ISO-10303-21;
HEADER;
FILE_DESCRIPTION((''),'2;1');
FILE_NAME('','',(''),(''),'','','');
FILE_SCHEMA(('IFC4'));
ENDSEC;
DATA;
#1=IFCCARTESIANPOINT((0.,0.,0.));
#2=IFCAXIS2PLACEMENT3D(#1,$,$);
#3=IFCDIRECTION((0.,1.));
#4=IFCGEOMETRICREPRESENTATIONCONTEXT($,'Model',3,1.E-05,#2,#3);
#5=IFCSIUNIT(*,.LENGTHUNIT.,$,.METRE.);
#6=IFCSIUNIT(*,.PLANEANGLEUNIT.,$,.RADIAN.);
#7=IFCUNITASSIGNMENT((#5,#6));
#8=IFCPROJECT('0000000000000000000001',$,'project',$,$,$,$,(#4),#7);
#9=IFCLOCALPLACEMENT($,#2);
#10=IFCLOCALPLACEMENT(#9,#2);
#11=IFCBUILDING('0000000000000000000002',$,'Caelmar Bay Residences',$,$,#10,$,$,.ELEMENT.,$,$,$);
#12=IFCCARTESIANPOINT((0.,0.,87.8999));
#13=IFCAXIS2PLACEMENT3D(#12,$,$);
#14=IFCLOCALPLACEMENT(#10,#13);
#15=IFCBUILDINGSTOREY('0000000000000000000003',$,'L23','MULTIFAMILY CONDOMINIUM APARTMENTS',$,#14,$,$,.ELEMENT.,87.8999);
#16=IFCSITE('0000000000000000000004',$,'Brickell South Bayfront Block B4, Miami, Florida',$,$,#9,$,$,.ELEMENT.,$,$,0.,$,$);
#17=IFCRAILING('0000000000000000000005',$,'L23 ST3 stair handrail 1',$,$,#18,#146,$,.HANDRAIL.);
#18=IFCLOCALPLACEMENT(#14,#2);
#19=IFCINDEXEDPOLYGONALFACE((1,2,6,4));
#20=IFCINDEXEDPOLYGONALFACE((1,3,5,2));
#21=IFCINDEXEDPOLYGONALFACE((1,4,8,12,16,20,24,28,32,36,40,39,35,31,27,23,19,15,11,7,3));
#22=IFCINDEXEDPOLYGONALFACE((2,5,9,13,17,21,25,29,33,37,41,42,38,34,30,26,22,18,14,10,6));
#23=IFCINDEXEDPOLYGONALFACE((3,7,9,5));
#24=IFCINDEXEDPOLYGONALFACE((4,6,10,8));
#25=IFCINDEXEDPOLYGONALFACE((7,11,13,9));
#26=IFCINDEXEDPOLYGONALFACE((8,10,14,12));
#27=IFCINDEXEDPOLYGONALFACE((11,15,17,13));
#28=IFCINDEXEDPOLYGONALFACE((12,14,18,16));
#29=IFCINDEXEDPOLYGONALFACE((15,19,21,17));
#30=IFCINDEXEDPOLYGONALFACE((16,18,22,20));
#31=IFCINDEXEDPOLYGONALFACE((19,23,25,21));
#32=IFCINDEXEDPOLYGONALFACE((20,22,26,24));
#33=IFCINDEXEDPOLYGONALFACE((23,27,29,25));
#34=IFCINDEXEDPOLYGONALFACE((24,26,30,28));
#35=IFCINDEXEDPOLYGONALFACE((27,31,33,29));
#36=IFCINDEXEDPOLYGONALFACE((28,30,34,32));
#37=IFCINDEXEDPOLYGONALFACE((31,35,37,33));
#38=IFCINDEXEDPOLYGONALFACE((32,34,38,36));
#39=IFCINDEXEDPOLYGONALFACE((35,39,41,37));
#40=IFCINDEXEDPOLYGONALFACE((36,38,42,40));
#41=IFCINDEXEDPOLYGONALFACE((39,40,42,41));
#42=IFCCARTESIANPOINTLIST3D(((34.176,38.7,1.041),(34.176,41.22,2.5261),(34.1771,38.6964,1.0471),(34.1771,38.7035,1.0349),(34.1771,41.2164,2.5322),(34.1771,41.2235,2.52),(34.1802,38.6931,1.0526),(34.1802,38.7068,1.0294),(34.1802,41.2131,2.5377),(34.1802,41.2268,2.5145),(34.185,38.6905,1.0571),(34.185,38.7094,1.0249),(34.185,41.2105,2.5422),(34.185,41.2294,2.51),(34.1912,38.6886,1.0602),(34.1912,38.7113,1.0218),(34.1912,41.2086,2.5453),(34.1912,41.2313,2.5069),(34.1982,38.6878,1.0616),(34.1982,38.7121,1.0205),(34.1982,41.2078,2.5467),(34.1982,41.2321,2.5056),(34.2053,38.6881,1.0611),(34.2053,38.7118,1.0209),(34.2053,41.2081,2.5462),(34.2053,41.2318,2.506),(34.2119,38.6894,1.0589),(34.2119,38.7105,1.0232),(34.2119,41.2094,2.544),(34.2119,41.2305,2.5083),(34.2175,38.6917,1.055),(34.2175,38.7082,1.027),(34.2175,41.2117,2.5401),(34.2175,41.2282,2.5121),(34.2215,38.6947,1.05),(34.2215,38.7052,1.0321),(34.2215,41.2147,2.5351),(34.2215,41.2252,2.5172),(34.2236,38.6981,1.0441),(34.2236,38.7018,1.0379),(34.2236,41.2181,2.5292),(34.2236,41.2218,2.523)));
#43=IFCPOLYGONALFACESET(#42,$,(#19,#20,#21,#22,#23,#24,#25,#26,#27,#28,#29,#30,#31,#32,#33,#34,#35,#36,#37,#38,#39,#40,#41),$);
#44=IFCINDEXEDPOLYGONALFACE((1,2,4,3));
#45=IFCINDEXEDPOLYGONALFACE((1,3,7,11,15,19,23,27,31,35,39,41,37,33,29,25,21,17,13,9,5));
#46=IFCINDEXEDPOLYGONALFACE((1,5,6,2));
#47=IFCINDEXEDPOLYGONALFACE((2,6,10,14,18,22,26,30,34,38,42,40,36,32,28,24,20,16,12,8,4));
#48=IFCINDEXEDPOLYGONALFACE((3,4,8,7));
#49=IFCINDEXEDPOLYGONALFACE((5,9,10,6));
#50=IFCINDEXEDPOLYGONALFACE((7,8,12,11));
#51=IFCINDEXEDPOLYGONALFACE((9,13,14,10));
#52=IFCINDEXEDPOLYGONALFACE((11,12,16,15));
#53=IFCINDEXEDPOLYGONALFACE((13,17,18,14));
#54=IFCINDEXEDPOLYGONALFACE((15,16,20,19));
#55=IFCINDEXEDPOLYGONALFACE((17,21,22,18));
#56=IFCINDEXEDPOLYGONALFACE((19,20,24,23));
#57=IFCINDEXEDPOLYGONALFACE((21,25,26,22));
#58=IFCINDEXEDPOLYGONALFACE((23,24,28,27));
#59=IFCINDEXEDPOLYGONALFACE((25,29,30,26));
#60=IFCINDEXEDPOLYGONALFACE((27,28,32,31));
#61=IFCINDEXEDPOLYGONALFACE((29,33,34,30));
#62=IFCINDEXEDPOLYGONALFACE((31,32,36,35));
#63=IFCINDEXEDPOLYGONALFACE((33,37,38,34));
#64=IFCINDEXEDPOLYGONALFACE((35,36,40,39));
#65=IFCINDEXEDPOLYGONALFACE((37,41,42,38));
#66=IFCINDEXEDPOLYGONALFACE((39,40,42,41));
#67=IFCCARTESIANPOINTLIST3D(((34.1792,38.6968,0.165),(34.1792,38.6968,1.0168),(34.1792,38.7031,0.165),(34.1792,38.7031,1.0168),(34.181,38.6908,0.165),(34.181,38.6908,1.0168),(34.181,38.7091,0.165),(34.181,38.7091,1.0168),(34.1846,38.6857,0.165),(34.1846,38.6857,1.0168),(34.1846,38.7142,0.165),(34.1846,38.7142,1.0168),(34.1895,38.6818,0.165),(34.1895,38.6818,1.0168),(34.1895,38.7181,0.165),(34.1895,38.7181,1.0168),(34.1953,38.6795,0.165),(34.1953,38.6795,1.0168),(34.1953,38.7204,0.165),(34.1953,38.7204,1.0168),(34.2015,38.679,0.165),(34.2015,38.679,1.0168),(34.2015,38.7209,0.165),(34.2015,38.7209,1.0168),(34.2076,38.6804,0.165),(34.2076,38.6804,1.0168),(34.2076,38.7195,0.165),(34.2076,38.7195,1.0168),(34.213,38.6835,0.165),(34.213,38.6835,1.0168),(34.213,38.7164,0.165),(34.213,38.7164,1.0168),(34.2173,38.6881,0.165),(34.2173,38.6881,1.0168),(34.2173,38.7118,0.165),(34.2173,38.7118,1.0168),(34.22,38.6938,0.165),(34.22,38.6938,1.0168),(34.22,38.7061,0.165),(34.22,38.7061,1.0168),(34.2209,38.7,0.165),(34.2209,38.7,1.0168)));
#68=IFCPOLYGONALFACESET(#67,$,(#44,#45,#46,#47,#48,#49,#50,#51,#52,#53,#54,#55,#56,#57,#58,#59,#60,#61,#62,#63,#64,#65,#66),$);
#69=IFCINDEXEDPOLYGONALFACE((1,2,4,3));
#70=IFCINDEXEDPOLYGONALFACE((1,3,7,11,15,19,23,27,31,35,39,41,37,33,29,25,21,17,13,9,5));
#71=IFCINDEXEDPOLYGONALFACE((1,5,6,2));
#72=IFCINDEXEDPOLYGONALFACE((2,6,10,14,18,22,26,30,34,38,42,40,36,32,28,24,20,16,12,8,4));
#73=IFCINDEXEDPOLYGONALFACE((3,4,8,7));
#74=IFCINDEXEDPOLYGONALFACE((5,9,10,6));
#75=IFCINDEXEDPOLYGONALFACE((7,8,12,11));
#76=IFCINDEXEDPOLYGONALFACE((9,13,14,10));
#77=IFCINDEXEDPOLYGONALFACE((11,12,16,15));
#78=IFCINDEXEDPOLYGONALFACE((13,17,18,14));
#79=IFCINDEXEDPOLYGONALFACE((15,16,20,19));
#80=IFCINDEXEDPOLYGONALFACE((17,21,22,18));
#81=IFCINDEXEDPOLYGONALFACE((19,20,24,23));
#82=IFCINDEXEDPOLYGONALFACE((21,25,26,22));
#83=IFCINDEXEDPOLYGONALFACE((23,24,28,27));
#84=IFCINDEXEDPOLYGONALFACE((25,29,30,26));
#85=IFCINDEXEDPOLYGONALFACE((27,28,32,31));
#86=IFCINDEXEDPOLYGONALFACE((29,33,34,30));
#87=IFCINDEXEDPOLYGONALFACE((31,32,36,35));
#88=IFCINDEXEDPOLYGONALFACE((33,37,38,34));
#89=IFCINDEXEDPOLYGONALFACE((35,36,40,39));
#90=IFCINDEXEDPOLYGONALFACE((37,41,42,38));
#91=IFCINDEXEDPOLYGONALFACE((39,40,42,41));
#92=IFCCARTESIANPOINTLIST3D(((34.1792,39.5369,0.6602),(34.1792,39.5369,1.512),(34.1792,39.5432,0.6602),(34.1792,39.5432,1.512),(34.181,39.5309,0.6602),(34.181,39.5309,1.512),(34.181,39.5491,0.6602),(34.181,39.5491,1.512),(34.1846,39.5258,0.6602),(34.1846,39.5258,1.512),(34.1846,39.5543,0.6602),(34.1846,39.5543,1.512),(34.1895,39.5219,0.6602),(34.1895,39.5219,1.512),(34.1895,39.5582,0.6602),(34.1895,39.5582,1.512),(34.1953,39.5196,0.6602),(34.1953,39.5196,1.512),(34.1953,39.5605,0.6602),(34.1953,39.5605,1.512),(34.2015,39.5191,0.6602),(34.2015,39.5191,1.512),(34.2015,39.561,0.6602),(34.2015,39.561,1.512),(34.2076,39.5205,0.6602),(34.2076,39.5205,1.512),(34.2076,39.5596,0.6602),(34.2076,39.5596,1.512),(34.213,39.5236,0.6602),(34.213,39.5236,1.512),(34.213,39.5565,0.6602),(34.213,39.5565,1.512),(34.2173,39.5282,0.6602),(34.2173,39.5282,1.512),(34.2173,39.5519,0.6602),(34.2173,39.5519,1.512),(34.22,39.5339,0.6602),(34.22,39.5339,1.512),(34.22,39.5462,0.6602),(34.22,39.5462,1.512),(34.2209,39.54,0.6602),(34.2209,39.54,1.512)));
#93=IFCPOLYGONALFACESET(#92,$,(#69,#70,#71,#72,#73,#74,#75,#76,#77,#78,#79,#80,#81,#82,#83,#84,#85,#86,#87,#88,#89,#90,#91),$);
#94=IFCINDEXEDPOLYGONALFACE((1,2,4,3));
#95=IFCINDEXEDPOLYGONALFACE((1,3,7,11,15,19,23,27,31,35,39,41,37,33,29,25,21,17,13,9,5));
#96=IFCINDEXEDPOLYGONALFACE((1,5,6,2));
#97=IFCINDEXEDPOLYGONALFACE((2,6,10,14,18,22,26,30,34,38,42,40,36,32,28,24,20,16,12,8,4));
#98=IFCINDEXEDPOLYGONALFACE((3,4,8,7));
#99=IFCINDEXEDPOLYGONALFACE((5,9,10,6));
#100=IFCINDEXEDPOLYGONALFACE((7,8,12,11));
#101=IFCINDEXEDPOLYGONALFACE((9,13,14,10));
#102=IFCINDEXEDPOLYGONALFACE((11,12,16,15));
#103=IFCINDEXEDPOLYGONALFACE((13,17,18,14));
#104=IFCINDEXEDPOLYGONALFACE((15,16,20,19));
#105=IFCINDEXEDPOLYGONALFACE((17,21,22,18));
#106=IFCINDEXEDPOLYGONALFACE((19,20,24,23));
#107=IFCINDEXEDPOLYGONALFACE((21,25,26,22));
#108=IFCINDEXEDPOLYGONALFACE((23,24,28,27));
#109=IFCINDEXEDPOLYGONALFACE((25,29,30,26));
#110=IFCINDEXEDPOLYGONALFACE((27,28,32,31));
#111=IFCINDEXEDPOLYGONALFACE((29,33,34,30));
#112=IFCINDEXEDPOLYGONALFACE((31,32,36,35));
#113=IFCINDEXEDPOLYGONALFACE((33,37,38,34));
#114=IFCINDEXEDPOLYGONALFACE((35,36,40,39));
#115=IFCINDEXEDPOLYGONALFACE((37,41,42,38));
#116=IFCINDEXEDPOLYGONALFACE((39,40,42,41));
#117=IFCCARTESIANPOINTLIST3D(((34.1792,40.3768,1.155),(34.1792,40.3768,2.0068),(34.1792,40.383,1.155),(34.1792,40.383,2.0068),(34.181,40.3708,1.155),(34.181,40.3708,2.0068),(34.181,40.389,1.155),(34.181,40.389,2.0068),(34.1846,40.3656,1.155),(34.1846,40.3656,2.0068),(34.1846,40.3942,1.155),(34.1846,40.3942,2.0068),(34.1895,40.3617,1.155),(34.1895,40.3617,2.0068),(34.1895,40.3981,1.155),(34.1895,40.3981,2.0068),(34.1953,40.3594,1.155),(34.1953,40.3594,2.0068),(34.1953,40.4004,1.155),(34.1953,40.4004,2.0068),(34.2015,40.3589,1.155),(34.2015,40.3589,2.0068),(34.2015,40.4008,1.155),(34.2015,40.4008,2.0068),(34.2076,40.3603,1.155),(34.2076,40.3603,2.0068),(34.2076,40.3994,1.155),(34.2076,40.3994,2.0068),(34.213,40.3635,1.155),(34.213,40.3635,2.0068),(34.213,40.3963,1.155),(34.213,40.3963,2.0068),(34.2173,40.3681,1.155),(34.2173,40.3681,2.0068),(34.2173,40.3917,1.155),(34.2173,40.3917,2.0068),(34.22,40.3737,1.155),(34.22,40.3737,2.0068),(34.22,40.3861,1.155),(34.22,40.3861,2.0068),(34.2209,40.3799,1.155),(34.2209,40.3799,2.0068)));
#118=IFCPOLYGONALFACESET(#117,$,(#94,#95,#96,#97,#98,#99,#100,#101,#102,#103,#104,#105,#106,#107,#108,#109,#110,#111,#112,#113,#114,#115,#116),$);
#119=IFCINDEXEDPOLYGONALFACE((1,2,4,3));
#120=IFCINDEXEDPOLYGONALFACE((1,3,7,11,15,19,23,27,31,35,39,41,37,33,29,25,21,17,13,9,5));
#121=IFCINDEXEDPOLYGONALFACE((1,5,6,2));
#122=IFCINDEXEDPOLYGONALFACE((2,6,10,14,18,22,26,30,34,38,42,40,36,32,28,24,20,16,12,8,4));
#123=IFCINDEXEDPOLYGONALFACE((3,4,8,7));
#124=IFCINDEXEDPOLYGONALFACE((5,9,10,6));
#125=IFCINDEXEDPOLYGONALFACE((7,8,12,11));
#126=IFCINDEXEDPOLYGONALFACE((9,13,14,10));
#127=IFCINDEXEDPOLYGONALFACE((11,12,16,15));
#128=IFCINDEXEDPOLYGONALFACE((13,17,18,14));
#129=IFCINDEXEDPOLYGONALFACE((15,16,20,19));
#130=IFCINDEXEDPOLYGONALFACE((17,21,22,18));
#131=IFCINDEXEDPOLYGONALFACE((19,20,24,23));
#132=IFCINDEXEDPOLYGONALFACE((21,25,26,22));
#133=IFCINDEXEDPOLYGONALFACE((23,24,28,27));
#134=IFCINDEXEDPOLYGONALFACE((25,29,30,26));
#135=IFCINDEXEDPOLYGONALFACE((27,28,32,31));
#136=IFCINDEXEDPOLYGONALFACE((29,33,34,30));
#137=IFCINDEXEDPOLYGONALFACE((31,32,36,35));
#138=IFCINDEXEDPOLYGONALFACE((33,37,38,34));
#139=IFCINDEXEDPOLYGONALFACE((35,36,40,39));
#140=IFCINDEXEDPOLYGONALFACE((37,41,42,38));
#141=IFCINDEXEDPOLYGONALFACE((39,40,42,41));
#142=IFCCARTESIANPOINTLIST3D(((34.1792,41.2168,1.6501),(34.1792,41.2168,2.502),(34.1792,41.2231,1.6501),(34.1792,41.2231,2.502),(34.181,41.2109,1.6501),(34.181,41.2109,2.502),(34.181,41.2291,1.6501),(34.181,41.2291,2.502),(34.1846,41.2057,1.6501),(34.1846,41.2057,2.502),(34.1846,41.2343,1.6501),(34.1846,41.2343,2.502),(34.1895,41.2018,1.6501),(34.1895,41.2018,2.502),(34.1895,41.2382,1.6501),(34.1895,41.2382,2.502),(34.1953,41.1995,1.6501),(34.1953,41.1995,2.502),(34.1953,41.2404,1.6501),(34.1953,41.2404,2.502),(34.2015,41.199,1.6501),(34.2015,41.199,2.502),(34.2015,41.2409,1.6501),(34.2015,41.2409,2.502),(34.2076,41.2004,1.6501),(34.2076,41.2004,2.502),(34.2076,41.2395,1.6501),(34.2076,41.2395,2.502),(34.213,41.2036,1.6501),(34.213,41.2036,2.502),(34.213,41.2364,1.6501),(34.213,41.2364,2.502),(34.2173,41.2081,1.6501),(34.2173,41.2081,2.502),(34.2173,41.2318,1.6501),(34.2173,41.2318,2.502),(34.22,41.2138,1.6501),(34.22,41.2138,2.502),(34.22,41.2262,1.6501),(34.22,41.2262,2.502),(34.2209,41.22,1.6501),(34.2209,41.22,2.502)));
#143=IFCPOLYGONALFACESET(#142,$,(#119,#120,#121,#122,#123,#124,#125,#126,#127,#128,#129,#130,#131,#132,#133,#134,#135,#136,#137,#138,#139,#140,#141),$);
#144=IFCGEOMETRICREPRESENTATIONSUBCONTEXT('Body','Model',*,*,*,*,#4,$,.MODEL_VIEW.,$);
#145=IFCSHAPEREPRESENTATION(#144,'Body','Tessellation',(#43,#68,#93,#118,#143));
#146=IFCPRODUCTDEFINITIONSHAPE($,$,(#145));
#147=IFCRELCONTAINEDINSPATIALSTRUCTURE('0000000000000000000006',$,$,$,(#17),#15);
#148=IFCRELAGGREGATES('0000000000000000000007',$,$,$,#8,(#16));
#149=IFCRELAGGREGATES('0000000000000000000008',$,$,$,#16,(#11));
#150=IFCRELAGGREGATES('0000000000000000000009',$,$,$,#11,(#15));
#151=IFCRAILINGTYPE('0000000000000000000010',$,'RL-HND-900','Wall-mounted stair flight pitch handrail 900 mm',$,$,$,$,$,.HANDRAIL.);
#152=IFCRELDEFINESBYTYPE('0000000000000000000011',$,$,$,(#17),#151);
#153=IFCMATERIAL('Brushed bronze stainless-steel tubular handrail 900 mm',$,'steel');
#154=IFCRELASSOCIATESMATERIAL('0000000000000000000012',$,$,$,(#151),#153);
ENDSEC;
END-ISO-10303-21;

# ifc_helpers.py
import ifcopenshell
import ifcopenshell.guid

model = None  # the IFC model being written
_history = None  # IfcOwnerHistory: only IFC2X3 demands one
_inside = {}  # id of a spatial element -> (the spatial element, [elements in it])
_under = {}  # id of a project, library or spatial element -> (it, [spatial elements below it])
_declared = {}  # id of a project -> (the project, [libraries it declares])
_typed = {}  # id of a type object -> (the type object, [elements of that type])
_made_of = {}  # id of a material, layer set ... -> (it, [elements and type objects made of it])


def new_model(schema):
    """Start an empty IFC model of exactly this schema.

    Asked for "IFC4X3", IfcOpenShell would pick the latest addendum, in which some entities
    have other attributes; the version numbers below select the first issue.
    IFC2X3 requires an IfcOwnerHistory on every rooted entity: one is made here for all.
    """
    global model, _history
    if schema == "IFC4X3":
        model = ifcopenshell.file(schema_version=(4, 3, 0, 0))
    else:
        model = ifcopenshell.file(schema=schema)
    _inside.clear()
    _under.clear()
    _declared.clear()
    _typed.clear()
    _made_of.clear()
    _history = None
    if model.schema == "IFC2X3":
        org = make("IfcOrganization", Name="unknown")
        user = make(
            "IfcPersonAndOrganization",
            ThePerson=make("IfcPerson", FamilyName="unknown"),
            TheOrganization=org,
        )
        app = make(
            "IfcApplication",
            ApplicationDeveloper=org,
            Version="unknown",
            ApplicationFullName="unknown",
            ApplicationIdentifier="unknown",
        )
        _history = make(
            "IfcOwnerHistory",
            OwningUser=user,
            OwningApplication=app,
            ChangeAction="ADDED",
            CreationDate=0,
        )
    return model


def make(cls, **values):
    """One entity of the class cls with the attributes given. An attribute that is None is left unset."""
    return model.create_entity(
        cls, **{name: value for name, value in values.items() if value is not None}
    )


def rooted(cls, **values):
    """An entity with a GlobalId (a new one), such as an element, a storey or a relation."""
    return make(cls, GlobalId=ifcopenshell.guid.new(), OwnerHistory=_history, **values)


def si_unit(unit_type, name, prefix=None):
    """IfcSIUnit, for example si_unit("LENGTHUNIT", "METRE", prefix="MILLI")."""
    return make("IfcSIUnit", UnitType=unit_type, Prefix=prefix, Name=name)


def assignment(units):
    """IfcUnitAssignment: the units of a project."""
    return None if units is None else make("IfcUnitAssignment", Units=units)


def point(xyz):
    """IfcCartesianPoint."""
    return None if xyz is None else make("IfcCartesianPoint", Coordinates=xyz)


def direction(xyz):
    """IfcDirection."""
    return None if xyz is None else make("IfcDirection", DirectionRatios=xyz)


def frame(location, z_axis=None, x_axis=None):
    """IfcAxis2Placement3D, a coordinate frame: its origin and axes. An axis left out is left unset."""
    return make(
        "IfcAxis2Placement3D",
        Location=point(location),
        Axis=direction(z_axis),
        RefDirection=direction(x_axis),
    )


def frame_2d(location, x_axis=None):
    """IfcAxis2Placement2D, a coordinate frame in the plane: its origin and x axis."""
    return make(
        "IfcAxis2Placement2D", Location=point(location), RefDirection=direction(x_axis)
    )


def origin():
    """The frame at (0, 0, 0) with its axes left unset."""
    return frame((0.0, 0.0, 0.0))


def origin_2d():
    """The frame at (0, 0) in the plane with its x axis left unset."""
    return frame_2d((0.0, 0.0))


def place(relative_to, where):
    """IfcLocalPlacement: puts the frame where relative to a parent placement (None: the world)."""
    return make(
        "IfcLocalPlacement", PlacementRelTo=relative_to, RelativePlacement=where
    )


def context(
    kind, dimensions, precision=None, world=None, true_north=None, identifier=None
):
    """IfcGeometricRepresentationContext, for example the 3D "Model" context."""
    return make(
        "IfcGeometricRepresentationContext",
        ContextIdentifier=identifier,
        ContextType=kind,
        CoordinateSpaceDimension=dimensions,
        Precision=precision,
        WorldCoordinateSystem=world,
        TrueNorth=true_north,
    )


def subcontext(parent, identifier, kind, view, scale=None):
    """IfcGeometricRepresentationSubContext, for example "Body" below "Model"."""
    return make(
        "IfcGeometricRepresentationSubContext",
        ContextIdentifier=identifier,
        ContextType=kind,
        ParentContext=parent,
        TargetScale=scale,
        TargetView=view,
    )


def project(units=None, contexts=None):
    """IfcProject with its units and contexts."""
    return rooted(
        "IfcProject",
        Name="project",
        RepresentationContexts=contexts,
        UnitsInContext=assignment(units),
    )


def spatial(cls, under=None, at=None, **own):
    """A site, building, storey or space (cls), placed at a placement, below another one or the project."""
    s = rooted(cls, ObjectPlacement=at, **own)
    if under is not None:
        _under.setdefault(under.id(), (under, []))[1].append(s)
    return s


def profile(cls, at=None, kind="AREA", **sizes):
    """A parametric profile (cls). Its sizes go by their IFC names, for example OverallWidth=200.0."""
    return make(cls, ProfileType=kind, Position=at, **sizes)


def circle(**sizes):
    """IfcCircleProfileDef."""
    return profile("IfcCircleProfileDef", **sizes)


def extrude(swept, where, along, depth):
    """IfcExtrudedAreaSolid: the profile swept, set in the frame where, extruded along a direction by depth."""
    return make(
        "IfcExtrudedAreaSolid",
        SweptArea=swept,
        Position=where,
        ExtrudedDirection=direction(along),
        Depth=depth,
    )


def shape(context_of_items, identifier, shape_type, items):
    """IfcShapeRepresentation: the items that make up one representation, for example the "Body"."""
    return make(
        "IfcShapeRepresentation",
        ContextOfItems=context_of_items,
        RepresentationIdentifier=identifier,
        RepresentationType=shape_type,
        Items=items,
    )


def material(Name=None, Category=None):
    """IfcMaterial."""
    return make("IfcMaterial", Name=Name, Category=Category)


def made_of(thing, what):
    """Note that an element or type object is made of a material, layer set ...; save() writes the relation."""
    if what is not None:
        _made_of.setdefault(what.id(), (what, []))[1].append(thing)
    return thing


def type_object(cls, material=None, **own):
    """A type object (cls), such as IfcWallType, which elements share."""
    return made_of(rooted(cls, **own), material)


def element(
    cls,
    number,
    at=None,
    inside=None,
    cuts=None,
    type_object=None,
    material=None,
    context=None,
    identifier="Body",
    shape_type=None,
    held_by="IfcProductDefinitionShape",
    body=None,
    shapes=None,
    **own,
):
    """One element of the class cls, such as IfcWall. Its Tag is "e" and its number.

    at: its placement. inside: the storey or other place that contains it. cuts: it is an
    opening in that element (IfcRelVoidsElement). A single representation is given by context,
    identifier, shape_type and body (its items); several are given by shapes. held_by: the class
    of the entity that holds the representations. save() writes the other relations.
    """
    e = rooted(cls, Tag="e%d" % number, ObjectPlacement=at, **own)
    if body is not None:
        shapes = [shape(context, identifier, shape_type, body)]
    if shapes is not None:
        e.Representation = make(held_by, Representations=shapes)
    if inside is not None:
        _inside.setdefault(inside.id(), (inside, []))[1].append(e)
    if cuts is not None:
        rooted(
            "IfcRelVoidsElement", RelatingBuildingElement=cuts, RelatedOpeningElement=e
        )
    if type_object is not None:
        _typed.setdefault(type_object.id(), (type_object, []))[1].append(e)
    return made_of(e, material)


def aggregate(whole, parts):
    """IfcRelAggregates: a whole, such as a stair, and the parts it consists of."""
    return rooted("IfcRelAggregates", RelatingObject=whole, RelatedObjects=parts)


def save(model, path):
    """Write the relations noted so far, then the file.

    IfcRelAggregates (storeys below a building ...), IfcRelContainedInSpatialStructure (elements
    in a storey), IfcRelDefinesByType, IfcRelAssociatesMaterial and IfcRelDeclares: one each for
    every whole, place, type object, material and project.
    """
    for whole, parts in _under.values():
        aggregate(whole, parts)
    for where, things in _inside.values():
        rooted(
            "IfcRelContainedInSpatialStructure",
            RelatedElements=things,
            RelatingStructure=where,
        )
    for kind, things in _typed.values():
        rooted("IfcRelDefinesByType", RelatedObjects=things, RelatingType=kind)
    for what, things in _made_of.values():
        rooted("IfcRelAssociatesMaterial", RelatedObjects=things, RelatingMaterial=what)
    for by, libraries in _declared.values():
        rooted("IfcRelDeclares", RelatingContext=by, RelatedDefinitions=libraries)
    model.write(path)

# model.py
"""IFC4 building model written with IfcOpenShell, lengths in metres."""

from ifc_helpers import new_model, si_unit, direction, frame, origin, origin_2d, place, context, subcontext, project, spatial, circle, extrude, material, type_object, element, save


model = new_model("IFC4")

# Units and contexts
model_context = context("Model", 3, precision=1e-05, world=origin(), true_north=direction((0.0, 1.0)))
body_context = subcontext(model_context, "Body", "Model", "MODEL_VIEW")
ifc_project = project(units=[si_unit("LENGTHUNIT", "METRE"), si_unit("PLANEANGLEUNIT", "RADIAN")], contexts=[model_context])

# Site, building, storey
site_placement = place(None, origin())
site = spatial("IfcSite", under=ifc_project, at=site_placement, Name="Brickell South Bayfront Block B4, Miami, Florida", CompositionType="ELEMENT", RefElevation=0.0)
building_placement = place(site_placement, origin())
building = spatial("IfcBuilding", under=site, at=building_placement, Name="Caelmar Bay Residences", CompositionType="ELEMENT")
storey_placement = place(building_placement, frame((0.0, 0.0, 87.8999)))
storey = spatial("IfcBuildingStorey", under=building, at=storey_placement, Name="L23", Description="MULTIFAMILY CONDOMINIUM APARTMENTS", CompositionType="ELEMENT", Elevation=87.8999)

# Railing
ifc_material_1 = material(Name="Brushed bronze stainless-steel tubular handrail 900 mm", Category="steel")
railing_type_1 = type_object("IfcRailingType", Name="RL-HND-900", Description="Wall-mounted stair flight pitch handrail 900 mm", PredefinedType="HANDRAIL", material=ifc_material_1)
railing_1_placement = place(storey_placement, frame((34.2, 38.7, 0.165)))
element("IfcRailing", 1, at=railing_1_placement, inside=storey, type_object=railing_type_1, Name="L23 ST3 stair handrail 1", PredefinedType="HANDRAIL", context=body_context, shape_type="SweptSolid", body=[
    extrude(circle(Radius=0.0239, at=origin_2d()), frame((0.0, 0.0, 0.876), z_axis=(0.0, 0.861524, 0.507717), x_axis=(-1.0, 0.0, 0.0)), (0.0, 0.0, 1.0), 2.925),
    extrude(circle(Radius=0.021, at=origin_2d()), origin(), (0.0, 0.0, 1.0), 0.8518),
    extrude(circle(Radius=0.021, at=origin_2d()), frame((0.0, 0.8401, 0.4951)), (0.0, 0.0, 1.0), 0.8518),
    extrude(circle(Radius=0.021, at=origin_2d()), frame((0.0, 1.6799, 0.99)), (0.0, 0.0, 1.0), 0.8518),
    extrude(circle(Radius=0.021, at=origin_2d()), frame((0.0, 2.52, 1.4851)), (0.0, 0.0, 1.0), 0.8518),
])

save(model, "model.ifc")
